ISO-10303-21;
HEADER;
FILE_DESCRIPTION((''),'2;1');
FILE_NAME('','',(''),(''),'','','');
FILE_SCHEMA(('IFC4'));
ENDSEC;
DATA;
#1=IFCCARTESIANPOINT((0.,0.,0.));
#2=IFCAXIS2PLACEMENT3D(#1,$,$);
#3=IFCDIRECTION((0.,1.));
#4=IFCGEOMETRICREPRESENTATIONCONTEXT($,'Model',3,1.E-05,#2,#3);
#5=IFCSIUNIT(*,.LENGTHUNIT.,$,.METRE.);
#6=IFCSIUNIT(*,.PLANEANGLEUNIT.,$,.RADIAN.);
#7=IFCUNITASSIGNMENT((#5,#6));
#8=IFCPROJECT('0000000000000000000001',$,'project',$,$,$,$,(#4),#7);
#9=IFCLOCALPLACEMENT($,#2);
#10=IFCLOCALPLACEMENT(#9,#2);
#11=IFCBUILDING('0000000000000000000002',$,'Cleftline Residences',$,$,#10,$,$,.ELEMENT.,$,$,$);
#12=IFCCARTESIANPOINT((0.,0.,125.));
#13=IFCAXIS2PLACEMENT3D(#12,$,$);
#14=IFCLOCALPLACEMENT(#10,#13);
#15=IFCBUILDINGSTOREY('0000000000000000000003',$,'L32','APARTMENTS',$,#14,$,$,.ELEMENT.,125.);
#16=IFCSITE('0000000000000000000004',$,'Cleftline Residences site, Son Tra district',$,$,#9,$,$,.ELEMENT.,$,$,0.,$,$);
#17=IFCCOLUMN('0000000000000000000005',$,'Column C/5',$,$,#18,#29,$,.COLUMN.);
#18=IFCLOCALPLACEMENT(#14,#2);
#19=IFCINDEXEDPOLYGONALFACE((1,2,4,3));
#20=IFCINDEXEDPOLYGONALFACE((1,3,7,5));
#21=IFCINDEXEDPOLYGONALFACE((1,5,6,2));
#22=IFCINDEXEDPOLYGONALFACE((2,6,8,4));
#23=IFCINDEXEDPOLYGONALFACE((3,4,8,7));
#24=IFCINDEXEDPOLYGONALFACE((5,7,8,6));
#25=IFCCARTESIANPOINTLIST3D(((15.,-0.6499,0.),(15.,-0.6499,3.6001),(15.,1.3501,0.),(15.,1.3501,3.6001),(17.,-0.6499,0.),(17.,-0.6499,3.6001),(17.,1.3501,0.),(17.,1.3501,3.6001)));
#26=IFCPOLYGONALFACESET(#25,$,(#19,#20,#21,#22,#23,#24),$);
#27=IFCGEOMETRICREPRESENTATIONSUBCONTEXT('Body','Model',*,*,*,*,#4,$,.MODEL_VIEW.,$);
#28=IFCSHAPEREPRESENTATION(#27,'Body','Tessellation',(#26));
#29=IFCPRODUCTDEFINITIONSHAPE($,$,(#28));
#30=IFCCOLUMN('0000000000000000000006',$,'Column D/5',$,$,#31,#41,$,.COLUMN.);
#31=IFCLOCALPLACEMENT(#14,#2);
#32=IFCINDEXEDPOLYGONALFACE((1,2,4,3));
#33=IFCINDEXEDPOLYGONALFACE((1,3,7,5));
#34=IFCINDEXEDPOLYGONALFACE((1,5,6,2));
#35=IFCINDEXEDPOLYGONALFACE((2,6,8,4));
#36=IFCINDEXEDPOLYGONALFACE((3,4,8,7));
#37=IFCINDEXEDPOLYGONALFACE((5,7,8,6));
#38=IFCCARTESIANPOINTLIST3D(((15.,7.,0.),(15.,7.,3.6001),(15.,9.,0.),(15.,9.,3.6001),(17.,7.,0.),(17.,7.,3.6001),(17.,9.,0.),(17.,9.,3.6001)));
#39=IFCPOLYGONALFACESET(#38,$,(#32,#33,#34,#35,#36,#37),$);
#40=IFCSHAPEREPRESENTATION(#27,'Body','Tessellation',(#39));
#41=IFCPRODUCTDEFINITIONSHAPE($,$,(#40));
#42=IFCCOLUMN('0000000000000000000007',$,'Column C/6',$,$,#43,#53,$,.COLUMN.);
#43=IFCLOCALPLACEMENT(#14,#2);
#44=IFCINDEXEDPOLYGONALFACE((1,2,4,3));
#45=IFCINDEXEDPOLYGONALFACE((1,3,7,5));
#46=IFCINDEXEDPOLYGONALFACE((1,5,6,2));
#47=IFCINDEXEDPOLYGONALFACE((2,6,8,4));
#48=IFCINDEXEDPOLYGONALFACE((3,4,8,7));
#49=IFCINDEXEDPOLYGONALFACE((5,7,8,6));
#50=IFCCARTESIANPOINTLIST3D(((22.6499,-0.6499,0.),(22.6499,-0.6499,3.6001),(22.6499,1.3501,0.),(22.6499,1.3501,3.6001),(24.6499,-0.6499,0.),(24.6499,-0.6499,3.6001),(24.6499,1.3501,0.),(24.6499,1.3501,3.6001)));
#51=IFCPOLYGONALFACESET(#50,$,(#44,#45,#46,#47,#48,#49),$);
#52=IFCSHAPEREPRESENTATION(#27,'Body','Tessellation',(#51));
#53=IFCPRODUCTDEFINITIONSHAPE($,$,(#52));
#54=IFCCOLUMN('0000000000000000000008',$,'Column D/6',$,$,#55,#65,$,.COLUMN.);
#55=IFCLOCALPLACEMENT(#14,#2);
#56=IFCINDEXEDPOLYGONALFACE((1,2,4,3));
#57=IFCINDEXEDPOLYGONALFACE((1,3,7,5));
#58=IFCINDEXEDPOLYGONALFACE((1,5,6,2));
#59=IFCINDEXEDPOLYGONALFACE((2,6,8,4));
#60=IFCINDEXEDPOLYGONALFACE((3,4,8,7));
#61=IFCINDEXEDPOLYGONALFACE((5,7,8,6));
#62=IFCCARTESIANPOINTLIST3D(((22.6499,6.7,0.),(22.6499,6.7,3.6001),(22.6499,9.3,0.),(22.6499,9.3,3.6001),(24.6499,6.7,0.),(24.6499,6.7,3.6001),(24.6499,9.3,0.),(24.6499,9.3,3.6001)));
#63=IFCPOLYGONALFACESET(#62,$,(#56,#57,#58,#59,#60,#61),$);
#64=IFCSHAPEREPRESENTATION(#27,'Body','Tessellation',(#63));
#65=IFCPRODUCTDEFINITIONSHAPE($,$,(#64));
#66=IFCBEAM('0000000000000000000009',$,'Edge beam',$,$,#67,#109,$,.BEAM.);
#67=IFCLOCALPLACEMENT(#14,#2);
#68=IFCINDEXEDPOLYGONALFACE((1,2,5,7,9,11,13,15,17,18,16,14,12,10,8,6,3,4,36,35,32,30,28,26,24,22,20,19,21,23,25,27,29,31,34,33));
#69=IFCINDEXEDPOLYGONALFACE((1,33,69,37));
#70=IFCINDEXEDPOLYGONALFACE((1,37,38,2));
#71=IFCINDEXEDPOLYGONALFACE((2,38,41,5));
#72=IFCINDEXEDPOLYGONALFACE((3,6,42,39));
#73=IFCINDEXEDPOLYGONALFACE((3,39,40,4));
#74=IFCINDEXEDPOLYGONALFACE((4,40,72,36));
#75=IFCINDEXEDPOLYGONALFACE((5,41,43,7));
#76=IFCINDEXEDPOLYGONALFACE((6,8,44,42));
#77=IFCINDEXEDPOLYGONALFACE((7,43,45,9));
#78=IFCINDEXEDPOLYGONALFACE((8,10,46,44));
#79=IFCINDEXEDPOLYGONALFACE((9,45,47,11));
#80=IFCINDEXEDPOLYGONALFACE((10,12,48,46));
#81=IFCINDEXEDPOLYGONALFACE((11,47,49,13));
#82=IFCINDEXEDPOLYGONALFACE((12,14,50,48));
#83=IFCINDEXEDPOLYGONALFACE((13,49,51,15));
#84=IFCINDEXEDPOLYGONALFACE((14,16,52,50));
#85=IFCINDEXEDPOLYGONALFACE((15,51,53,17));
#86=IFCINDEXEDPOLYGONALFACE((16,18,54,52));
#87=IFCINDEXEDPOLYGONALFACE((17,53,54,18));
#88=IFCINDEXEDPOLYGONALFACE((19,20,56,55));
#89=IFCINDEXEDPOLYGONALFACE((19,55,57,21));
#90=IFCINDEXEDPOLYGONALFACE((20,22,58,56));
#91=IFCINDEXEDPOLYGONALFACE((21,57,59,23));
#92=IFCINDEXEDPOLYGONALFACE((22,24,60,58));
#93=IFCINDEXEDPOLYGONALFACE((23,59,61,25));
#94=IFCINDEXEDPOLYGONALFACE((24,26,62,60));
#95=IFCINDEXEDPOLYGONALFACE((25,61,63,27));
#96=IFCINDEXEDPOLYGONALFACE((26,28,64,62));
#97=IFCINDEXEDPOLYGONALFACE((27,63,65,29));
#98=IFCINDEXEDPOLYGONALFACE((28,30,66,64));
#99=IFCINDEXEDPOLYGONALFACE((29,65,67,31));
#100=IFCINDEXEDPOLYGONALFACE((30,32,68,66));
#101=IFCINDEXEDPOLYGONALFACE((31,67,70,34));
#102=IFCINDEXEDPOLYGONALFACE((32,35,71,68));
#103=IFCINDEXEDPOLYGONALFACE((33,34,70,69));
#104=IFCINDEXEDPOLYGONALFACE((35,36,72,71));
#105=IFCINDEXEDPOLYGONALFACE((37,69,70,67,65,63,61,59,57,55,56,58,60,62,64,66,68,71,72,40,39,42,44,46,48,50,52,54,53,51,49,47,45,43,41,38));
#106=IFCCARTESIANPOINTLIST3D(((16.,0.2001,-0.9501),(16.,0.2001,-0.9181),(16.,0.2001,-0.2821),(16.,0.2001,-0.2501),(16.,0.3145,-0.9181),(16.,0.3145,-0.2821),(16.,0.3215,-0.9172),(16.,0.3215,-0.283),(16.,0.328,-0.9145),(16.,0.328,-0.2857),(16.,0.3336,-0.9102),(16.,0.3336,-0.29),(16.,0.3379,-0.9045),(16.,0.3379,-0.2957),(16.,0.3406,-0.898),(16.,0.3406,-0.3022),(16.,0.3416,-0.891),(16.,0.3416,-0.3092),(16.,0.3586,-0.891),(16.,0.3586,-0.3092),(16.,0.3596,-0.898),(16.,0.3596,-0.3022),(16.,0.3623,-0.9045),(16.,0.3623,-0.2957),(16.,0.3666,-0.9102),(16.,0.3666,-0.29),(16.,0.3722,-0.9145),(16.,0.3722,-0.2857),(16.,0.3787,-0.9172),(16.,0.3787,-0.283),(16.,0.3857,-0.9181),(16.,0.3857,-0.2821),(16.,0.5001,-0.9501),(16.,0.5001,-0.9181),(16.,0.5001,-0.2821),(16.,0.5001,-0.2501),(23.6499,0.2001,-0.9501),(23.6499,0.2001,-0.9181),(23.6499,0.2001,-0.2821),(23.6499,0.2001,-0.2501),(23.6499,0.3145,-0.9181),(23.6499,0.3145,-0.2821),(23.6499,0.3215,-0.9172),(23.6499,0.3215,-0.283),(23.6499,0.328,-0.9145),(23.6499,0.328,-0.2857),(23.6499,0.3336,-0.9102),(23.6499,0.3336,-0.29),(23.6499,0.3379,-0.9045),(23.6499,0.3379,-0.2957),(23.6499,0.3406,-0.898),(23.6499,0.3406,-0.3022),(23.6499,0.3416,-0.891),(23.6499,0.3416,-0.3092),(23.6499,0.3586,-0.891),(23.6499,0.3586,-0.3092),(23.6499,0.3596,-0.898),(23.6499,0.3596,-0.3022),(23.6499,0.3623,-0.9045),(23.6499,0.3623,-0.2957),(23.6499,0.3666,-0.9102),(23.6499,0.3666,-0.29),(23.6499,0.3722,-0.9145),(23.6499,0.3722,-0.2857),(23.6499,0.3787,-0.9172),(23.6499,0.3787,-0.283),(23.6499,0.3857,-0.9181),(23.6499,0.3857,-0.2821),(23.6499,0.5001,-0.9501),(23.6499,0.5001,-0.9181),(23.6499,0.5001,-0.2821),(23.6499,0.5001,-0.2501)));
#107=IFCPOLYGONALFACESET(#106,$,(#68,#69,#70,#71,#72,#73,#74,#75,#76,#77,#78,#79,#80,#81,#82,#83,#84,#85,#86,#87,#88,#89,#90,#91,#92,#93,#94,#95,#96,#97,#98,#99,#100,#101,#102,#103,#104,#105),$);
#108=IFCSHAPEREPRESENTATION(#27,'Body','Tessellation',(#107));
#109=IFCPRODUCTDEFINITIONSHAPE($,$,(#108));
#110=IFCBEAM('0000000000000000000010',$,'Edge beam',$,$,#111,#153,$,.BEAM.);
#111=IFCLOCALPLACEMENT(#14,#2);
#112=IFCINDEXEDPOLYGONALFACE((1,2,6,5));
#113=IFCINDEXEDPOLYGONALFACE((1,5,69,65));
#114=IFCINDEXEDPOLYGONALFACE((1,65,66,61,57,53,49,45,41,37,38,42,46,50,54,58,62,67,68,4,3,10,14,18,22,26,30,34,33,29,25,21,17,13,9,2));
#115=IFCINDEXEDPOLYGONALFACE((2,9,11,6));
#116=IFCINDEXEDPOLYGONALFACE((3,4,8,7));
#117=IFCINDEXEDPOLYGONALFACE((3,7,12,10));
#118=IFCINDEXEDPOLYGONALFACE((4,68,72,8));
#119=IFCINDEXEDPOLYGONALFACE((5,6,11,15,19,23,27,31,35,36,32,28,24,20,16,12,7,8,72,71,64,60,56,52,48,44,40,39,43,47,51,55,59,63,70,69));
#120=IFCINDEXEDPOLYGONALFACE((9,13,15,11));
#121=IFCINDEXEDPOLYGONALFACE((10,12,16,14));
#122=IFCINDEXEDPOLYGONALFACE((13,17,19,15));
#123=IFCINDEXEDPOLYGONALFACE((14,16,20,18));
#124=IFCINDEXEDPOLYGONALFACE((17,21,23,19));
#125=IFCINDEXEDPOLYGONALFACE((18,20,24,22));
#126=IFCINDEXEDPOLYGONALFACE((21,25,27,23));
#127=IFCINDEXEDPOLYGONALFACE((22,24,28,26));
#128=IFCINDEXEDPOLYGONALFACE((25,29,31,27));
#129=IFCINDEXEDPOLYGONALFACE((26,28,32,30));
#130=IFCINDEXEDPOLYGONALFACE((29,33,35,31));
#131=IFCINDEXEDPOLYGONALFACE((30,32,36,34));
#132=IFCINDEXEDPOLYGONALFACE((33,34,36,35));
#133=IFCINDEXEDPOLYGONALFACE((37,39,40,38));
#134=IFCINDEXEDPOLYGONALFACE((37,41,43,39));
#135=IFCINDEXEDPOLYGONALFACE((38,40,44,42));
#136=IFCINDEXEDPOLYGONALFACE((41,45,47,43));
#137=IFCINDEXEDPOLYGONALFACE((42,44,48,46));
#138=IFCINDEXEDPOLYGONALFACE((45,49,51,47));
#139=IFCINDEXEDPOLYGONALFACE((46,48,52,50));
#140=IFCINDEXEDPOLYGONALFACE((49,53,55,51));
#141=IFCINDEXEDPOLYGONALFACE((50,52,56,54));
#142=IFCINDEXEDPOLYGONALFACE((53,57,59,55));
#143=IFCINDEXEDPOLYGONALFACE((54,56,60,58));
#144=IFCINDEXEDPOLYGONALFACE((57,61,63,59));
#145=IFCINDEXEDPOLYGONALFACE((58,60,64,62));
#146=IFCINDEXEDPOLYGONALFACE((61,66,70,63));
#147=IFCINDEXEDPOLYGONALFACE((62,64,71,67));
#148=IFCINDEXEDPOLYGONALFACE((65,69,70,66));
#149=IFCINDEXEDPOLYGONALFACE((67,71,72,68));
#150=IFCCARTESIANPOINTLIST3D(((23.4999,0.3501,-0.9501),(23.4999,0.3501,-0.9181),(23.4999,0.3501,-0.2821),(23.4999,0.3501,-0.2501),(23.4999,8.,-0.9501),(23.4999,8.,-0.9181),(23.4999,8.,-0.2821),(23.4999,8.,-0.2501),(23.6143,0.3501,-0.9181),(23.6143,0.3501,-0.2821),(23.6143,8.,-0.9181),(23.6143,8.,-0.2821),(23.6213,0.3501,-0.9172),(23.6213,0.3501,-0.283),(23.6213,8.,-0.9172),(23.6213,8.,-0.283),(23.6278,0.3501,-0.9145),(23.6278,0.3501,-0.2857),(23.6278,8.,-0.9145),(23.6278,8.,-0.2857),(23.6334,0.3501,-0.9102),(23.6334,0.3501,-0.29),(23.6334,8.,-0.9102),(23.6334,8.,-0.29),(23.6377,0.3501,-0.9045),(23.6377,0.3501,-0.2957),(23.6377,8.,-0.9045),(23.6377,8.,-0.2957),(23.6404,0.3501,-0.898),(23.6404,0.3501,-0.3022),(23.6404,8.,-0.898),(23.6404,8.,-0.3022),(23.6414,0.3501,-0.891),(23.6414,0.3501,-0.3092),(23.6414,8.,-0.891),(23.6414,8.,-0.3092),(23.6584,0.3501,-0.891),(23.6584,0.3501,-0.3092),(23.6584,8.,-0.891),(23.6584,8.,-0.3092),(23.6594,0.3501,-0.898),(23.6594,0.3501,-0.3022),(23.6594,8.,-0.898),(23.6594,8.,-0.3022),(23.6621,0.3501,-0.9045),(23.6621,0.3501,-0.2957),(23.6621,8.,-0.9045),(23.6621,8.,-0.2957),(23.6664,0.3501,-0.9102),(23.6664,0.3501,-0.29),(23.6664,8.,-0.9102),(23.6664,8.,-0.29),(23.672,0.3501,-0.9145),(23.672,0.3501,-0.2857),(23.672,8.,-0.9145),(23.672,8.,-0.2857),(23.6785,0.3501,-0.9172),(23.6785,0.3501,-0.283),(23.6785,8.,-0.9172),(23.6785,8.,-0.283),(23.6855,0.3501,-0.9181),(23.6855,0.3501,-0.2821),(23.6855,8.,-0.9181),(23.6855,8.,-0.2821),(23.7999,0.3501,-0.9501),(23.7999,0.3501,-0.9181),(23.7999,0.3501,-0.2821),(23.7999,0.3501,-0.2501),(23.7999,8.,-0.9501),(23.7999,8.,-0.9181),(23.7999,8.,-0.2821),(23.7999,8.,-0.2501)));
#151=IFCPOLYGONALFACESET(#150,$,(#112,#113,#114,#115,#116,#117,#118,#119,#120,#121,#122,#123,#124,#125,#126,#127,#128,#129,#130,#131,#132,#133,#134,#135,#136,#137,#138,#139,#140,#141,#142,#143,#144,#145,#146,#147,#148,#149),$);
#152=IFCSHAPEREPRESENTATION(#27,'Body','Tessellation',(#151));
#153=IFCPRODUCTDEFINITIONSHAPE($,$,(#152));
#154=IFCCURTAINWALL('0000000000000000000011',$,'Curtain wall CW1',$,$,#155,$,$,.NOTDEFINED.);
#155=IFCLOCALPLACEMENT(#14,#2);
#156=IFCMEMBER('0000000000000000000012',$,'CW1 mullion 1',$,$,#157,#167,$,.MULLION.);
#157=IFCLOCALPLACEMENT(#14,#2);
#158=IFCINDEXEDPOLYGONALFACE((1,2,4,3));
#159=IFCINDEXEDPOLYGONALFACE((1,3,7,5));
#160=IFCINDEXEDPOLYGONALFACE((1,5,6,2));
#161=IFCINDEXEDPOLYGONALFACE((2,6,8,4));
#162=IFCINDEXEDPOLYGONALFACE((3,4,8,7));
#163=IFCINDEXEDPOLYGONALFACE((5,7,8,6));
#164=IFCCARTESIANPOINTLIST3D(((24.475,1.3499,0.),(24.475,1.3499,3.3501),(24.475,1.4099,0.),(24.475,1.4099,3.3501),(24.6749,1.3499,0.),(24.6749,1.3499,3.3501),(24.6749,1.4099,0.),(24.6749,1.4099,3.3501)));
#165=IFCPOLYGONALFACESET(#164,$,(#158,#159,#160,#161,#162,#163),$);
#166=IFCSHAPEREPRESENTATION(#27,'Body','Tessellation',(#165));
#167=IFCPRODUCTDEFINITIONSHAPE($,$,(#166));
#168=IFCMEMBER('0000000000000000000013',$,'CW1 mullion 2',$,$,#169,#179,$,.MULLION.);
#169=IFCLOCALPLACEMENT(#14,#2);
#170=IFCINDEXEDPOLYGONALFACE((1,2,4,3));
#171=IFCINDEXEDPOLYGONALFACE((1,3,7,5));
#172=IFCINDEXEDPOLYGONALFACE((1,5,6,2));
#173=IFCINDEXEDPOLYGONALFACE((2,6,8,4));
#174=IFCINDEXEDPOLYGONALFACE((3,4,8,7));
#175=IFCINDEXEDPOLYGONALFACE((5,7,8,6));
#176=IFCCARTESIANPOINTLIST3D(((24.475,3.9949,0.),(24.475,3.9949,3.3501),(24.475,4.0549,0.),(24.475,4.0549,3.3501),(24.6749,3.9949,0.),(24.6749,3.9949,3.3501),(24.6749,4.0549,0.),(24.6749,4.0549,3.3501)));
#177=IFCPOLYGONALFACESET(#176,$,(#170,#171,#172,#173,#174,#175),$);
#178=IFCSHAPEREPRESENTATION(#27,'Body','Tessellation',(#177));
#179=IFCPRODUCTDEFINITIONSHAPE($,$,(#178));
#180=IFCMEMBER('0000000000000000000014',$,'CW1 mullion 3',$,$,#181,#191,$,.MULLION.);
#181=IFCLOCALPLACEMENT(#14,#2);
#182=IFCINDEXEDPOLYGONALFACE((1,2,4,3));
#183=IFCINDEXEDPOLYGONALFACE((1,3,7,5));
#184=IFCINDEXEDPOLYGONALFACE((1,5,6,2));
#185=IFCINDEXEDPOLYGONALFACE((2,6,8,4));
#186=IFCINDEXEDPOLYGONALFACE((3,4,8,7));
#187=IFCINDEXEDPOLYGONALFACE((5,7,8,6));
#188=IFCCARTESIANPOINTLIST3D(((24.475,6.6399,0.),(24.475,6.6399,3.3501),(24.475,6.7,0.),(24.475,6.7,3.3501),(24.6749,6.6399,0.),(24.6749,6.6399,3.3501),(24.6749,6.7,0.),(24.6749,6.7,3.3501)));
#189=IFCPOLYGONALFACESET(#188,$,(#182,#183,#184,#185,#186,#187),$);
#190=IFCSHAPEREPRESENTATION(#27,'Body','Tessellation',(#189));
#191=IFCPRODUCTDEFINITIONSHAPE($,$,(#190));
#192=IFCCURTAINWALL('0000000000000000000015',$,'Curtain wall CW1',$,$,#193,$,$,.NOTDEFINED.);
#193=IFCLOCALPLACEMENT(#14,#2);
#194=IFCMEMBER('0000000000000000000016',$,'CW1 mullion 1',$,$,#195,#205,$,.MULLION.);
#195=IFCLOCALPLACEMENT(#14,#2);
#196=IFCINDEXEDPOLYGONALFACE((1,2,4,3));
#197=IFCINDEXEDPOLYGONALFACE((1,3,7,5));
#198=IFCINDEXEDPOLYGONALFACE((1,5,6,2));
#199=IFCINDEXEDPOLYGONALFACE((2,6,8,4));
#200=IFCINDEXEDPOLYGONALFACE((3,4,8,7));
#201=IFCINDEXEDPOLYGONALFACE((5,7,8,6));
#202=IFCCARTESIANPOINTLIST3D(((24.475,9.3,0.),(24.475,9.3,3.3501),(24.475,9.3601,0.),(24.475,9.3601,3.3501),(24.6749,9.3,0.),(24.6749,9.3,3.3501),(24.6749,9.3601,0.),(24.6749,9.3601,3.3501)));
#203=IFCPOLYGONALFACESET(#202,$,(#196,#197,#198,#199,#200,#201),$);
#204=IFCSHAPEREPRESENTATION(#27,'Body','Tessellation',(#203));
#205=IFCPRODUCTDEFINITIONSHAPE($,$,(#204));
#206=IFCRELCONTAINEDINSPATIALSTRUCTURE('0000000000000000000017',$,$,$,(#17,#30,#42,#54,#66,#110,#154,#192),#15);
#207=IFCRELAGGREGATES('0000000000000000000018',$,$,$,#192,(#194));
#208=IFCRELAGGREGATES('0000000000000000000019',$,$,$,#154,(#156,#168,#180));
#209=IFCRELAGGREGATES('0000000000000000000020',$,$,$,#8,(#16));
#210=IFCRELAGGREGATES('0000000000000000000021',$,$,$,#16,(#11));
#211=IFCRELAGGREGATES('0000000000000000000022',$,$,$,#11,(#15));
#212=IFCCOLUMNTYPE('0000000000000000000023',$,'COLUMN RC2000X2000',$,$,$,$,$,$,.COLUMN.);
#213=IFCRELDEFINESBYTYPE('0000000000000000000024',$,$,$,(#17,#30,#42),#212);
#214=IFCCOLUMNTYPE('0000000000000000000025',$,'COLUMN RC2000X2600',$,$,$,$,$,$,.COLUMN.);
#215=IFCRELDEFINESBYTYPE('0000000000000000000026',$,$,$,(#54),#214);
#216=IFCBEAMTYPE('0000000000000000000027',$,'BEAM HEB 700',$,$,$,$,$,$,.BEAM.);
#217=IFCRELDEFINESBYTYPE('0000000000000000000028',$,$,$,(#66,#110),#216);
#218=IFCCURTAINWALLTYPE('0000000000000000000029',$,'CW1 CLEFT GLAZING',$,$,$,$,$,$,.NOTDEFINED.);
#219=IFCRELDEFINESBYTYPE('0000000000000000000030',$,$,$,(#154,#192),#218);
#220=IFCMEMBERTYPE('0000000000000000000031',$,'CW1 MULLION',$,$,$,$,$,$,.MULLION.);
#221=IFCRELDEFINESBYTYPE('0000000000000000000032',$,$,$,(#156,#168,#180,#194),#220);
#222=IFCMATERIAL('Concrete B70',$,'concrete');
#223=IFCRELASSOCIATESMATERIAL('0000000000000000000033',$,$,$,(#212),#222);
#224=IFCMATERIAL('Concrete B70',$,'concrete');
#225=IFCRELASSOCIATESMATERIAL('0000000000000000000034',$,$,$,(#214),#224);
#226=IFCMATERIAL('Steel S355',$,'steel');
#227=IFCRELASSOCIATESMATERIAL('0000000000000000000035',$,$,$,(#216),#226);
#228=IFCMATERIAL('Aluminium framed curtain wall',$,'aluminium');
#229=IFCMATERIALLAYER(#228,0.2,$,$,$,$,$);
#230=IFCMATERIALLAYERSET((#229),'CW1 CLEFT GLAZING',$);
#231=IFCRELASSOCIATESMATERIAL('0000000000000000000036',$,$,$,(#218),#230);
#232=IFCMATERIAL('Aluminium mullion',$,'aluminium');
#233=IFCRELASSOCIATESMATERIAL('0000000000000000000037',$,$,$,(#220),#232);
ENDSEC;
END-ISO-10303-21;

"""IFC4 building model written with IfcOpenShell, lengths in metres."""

from ifc_helpers import new_model, si_unit, direction, frame, origin, origin_2d, place, context, subcontext, project, spatial, rectangle, i_section, extrude, material, layer, layer_set, material_profile, profile_set, type_object, element, aggregate, save


model = new_model("IFC4")

# Units and contexts
model_context = context("Model", 3, precision=1e-05, world=origin(), true_north=direction((0.0, 1.0)))
body_context = subcontext(model_context, "Body", "Model", "MODEL_VIEW")
ifc_project = project(units=[si_unit("LENGTHUNIT", "METRE"), si_unit("PLANEANGLEUNIT", "RADIAN")], contexts=[model_context])

# Site, building, storey
site_placement = place(None, origin())
site = spatial("IfcSite", under=ifc_project, at=site_placement, Name="Cleftline Residences site, Son Tra district", CompositionType="ELEMENT", RefElevation=0.0)
building_placement = place(site_placement, origin())
building = spatial("IfcBuilding", under=site, at=building_placement, Name="Cleftline Residences", CompositionType="ELEMENT")
storey_placement = place(building_placement, frame((0.0, 0.0, 125.0)))
storey = spatial("IfcBuildingStorey", under=building, at=storey_placement, Name="L32", Description="APARTMENTS", CompositionType="ELEMENT", Elevation=125.0)

# Columns
ifc_material_1 = material(Name="Concrete B70", Category="concrete")
ifc_material_profile_1 = material_profile(ifc_material_1, rectangle(XDim=2.0, YDim=2.0, at=origin_2d()))
ifc_profile_set_1 = profile_set([ifc_material_profile_1], Name="Concrete B70")
column_type_1 = type_object("IfcColumnType", Name="COLUMN RC2000X2000", PredefinedType="COLUMN", material=ifc_profile_set_1)
for number, where, z_axis, x_axis, name in (
    (1, (16.0, 0.3501, 0.0), (0.0, 0.0, 1.0), (1.0, 0.0, 0.0), "Column C/5"),
    (2, (16.0, 8.0, 0.0), (0.0, 0.0, 1.0), (1.0, 0.0, 0.0), "Column D/5"),
    (3, (23.6499, 0.3501, 0.0), (0.0, 0.0, 1.0), (1.0, 0.0, 0.0), "Column C/6"),
):
    element("IfcColumn", number, at=place(storey_placement, frame(where, z_axis=z_axis, x_axis=x_axis)), inside=storey, type_object=column_type_1, Name=name, PredefinedType="COLUMN", context=body_context, shape_type="SweptSolid", body=[
        extrude(rectangle(XDim=2.0, YDim=2.0, at=origin_2d()), origin(), (0.0, 0.0, 1.0), 3.6001),
    ])
ifc_material_2 = material(Name="Concrete B70", Category="concrete")
ifc_material_profile_2 = material_profile(ifc_material_2, rectangle(XDim=2.0, YDim=2.6001, at=origin_2d()))
ifc_profile_set_2 = profile_set([ifc_material_profile_2], Name="Concrete B70")
column_type_2 = type_object("IfcColumnType", Name="COLUMN RC2000X2600", PredefinedType="COLUMN", material=ifc_profile_set_2)
column_placement = place(storey_placement, frame((23.6499, 8.0, 0.0), z_axis=(0.0, 0.0, 1.0), x_axis=(1.0, 0.0, 0.0)))
element("IfcColumn", 4, at=column_placement, inside=storey, type_object=column_type_2, Name="Column D/6", PredefinedType="COLUMN", context=body_context, shape_type="SweptSolid", body=[
    extrude(rectangle(XDim=2.0, YDim=2.6001, at=origin_2d()), origin(), (0.0, 0.0, 1.0), 3.6001),
])

# Beams
ifc_material_3 = material(Name="Steel S355", Category="steel")
ifc_material_profile_3 = material_profile(ifc_material_3, i_section(OverallWidth=0.3, OverallDepth=0.7, WebThickness=0.0171, FlangeThickness=0.032, FilletRadius=0.0271, at=origin_2d()))
ifc_profile_set_3 = profile_set([ifc_material_profile_3], Name="Steel S355")
beam_type = type_object("IfcBeamType", Name="BEAM HEB 700", PredefinedType="BEAM", material=ifc_profile_set_3)
for number, where, z_axis, x_axis, name in (
    (5, (16.0, 0.3501, -0.6001), (1.0, 0.0, 0.0), (0.0, 1.0, 0.0), "Edge beam"),
    (6, (23.6499, 0.3501, -0.6001), (0.0, 1.0, 0.0), (-1.0, 0.0, 0.0), "Edge beam"),
):
    element("IfcBeam", number, at=place(storey_placement, frame(where, z_axis=z_axis, x_axis=x_axis)), inside=storey, type_object=beam_type, Name=name, PredefinedType="BEAM", context=body_context, shape_type="SweptSolid", body=[
        extrude(i_section(OverallWidth=0.3, OverallDepth=0.7, WebThickness=0.0171, FlangeThickness=0.032, FilletRadius=0.0271, at=origin_2d()), origin(), (0.0, 0.0, 1.0), 7.6499),
    ])

# Curtain wall, members
ifc_material_4 = material(Name="Aluminium framed curtain wall", Category="aluminium")
ifc_layer_1 = layer(ifc_material_4, 0.2)
ifc_layer_set_1 = layer_set([ifc_layer_1], Name="CW1 CLEFT GLAZING")
curtain_wall_type = type_object("IfcCurtainWallType", Name="CW1 CLEFT GLAZING", PredefinedType="NOTDEFINED", material=ifc_layer_set_1)
curtain_wall_1_placement = place(storey_placement, origin())
curtain_wall_1 = element("IfcCurtainWall", 7, at=curtain_wall_1_placement, inside=storey, type_object=curtain_wall_type, Name="Curtain wall CW1", PredefinedType="NOTDEFINED")
ifc_material_5 = material(Name="Aluminium mullion", Category="aluminium")
ifc_material_profile_4 = material_profile(ifc_material_5, rectangle(XDim=0.2, YDim=0.0601, at=origin_2d()))
ifc_profile_set_4 = profile_set([ifc_material_profile_4], Name="Aluminium mullion")
member_type_1 = type_object("IfcMemberType", Name="CW1 MULLION", PredefinedType="MULLION", material=ifc_profile_set_4)
member_1_placement = place(storey_placement, frame((24.575, 1.3799, 0.0), z_axis=(0.0, 0.0, 1.0), x_axis=(-1.0, 0.0, 0.0)))
member_1 = element("IfcMember", 8, at=member_1_placement, type_object=member_type_1, Name="CW1 mullion 1", PredefinedType="MULLION", context=body_context, shape_type="SweptSolid", body=[
    extrude(rectangle(XDim=0.2, YDim=0.0601, at=origin_2d()), origin(), (0.0, 0.0, 1.0), 3.3501),
])
member_2_placement = place(storey_placement, frame((24.575, 4.0249, 0.0), z_axis=(0.0, 0.0, 1.0), x_axis=(-1.0, 0.0, 0.0)))
member_2 = element("IfcMember", 9, at=member_2_placement, type_object=member_type_1, Name="CW1 mullion 2", PredefinedType="MULLION", context=body_context, shape_type="SweptSolid", body=[
    extrude(rectangle(XDim=0.2, YDim=0.0601, at=origin_2d()), origin(), (0.0, 0.0, 1.0), 3.3501),
])
member_3_placement = place(storey_placement, frame((24.575, 6.6699, 0.0), z_axis=(0.0, 0.0, 1.0), x_axis=(-1.0, 0.0, 0.0)))
member_3 = element("IfcMember", 10, at=member_3_placement, type_object=member_type_1, Name="CW1 mullion 3", PredefinedType="MULLION", context=body_context, shape_type="SweptSolid", body=[
    extrude(rectangle(XDim=0.2, YDim=0.0601, at=origin_2d()), origin(), (0.0, 0.0, 1.0), 3.3501),
])

# Curtain wall, member
curtain_wall_2_placement = place(storey_placement, origin())
curtain_wall_2 = element("IfcCurtainWall", 11, at=curtain_wall_2_placement, inside=storey, type_object=curtain_wall_type, Name="Curtain wall CW1", PredefinedType="NOTDEFINED")
member_4_placement = place(storey_placement, frame((24.575, 9.3301, 0.0), z_axis=(0.0, 0.0, 1.0), x_axis=(-1.0, 0.0, 0.0)))
member_4 = element("IfcMember", 12, at=member_4_placement, type_object=member_type_1, Name="CW1 mullion 1", PredefinedType="MULLION", context=body_context, shape_type="SweptSolid", body=[
    extrude(rectangle(XDim=0.2, YDim=0.0601, at=origin_2d()), origin(), (0.0, 0.0, 1.0), 3.3501),
])

aggregate(curtain_wall_2, [member_4])

aggregate(curtain_wall_1, [member_1, member_2, member_3])

save(model, "model.ifc")
